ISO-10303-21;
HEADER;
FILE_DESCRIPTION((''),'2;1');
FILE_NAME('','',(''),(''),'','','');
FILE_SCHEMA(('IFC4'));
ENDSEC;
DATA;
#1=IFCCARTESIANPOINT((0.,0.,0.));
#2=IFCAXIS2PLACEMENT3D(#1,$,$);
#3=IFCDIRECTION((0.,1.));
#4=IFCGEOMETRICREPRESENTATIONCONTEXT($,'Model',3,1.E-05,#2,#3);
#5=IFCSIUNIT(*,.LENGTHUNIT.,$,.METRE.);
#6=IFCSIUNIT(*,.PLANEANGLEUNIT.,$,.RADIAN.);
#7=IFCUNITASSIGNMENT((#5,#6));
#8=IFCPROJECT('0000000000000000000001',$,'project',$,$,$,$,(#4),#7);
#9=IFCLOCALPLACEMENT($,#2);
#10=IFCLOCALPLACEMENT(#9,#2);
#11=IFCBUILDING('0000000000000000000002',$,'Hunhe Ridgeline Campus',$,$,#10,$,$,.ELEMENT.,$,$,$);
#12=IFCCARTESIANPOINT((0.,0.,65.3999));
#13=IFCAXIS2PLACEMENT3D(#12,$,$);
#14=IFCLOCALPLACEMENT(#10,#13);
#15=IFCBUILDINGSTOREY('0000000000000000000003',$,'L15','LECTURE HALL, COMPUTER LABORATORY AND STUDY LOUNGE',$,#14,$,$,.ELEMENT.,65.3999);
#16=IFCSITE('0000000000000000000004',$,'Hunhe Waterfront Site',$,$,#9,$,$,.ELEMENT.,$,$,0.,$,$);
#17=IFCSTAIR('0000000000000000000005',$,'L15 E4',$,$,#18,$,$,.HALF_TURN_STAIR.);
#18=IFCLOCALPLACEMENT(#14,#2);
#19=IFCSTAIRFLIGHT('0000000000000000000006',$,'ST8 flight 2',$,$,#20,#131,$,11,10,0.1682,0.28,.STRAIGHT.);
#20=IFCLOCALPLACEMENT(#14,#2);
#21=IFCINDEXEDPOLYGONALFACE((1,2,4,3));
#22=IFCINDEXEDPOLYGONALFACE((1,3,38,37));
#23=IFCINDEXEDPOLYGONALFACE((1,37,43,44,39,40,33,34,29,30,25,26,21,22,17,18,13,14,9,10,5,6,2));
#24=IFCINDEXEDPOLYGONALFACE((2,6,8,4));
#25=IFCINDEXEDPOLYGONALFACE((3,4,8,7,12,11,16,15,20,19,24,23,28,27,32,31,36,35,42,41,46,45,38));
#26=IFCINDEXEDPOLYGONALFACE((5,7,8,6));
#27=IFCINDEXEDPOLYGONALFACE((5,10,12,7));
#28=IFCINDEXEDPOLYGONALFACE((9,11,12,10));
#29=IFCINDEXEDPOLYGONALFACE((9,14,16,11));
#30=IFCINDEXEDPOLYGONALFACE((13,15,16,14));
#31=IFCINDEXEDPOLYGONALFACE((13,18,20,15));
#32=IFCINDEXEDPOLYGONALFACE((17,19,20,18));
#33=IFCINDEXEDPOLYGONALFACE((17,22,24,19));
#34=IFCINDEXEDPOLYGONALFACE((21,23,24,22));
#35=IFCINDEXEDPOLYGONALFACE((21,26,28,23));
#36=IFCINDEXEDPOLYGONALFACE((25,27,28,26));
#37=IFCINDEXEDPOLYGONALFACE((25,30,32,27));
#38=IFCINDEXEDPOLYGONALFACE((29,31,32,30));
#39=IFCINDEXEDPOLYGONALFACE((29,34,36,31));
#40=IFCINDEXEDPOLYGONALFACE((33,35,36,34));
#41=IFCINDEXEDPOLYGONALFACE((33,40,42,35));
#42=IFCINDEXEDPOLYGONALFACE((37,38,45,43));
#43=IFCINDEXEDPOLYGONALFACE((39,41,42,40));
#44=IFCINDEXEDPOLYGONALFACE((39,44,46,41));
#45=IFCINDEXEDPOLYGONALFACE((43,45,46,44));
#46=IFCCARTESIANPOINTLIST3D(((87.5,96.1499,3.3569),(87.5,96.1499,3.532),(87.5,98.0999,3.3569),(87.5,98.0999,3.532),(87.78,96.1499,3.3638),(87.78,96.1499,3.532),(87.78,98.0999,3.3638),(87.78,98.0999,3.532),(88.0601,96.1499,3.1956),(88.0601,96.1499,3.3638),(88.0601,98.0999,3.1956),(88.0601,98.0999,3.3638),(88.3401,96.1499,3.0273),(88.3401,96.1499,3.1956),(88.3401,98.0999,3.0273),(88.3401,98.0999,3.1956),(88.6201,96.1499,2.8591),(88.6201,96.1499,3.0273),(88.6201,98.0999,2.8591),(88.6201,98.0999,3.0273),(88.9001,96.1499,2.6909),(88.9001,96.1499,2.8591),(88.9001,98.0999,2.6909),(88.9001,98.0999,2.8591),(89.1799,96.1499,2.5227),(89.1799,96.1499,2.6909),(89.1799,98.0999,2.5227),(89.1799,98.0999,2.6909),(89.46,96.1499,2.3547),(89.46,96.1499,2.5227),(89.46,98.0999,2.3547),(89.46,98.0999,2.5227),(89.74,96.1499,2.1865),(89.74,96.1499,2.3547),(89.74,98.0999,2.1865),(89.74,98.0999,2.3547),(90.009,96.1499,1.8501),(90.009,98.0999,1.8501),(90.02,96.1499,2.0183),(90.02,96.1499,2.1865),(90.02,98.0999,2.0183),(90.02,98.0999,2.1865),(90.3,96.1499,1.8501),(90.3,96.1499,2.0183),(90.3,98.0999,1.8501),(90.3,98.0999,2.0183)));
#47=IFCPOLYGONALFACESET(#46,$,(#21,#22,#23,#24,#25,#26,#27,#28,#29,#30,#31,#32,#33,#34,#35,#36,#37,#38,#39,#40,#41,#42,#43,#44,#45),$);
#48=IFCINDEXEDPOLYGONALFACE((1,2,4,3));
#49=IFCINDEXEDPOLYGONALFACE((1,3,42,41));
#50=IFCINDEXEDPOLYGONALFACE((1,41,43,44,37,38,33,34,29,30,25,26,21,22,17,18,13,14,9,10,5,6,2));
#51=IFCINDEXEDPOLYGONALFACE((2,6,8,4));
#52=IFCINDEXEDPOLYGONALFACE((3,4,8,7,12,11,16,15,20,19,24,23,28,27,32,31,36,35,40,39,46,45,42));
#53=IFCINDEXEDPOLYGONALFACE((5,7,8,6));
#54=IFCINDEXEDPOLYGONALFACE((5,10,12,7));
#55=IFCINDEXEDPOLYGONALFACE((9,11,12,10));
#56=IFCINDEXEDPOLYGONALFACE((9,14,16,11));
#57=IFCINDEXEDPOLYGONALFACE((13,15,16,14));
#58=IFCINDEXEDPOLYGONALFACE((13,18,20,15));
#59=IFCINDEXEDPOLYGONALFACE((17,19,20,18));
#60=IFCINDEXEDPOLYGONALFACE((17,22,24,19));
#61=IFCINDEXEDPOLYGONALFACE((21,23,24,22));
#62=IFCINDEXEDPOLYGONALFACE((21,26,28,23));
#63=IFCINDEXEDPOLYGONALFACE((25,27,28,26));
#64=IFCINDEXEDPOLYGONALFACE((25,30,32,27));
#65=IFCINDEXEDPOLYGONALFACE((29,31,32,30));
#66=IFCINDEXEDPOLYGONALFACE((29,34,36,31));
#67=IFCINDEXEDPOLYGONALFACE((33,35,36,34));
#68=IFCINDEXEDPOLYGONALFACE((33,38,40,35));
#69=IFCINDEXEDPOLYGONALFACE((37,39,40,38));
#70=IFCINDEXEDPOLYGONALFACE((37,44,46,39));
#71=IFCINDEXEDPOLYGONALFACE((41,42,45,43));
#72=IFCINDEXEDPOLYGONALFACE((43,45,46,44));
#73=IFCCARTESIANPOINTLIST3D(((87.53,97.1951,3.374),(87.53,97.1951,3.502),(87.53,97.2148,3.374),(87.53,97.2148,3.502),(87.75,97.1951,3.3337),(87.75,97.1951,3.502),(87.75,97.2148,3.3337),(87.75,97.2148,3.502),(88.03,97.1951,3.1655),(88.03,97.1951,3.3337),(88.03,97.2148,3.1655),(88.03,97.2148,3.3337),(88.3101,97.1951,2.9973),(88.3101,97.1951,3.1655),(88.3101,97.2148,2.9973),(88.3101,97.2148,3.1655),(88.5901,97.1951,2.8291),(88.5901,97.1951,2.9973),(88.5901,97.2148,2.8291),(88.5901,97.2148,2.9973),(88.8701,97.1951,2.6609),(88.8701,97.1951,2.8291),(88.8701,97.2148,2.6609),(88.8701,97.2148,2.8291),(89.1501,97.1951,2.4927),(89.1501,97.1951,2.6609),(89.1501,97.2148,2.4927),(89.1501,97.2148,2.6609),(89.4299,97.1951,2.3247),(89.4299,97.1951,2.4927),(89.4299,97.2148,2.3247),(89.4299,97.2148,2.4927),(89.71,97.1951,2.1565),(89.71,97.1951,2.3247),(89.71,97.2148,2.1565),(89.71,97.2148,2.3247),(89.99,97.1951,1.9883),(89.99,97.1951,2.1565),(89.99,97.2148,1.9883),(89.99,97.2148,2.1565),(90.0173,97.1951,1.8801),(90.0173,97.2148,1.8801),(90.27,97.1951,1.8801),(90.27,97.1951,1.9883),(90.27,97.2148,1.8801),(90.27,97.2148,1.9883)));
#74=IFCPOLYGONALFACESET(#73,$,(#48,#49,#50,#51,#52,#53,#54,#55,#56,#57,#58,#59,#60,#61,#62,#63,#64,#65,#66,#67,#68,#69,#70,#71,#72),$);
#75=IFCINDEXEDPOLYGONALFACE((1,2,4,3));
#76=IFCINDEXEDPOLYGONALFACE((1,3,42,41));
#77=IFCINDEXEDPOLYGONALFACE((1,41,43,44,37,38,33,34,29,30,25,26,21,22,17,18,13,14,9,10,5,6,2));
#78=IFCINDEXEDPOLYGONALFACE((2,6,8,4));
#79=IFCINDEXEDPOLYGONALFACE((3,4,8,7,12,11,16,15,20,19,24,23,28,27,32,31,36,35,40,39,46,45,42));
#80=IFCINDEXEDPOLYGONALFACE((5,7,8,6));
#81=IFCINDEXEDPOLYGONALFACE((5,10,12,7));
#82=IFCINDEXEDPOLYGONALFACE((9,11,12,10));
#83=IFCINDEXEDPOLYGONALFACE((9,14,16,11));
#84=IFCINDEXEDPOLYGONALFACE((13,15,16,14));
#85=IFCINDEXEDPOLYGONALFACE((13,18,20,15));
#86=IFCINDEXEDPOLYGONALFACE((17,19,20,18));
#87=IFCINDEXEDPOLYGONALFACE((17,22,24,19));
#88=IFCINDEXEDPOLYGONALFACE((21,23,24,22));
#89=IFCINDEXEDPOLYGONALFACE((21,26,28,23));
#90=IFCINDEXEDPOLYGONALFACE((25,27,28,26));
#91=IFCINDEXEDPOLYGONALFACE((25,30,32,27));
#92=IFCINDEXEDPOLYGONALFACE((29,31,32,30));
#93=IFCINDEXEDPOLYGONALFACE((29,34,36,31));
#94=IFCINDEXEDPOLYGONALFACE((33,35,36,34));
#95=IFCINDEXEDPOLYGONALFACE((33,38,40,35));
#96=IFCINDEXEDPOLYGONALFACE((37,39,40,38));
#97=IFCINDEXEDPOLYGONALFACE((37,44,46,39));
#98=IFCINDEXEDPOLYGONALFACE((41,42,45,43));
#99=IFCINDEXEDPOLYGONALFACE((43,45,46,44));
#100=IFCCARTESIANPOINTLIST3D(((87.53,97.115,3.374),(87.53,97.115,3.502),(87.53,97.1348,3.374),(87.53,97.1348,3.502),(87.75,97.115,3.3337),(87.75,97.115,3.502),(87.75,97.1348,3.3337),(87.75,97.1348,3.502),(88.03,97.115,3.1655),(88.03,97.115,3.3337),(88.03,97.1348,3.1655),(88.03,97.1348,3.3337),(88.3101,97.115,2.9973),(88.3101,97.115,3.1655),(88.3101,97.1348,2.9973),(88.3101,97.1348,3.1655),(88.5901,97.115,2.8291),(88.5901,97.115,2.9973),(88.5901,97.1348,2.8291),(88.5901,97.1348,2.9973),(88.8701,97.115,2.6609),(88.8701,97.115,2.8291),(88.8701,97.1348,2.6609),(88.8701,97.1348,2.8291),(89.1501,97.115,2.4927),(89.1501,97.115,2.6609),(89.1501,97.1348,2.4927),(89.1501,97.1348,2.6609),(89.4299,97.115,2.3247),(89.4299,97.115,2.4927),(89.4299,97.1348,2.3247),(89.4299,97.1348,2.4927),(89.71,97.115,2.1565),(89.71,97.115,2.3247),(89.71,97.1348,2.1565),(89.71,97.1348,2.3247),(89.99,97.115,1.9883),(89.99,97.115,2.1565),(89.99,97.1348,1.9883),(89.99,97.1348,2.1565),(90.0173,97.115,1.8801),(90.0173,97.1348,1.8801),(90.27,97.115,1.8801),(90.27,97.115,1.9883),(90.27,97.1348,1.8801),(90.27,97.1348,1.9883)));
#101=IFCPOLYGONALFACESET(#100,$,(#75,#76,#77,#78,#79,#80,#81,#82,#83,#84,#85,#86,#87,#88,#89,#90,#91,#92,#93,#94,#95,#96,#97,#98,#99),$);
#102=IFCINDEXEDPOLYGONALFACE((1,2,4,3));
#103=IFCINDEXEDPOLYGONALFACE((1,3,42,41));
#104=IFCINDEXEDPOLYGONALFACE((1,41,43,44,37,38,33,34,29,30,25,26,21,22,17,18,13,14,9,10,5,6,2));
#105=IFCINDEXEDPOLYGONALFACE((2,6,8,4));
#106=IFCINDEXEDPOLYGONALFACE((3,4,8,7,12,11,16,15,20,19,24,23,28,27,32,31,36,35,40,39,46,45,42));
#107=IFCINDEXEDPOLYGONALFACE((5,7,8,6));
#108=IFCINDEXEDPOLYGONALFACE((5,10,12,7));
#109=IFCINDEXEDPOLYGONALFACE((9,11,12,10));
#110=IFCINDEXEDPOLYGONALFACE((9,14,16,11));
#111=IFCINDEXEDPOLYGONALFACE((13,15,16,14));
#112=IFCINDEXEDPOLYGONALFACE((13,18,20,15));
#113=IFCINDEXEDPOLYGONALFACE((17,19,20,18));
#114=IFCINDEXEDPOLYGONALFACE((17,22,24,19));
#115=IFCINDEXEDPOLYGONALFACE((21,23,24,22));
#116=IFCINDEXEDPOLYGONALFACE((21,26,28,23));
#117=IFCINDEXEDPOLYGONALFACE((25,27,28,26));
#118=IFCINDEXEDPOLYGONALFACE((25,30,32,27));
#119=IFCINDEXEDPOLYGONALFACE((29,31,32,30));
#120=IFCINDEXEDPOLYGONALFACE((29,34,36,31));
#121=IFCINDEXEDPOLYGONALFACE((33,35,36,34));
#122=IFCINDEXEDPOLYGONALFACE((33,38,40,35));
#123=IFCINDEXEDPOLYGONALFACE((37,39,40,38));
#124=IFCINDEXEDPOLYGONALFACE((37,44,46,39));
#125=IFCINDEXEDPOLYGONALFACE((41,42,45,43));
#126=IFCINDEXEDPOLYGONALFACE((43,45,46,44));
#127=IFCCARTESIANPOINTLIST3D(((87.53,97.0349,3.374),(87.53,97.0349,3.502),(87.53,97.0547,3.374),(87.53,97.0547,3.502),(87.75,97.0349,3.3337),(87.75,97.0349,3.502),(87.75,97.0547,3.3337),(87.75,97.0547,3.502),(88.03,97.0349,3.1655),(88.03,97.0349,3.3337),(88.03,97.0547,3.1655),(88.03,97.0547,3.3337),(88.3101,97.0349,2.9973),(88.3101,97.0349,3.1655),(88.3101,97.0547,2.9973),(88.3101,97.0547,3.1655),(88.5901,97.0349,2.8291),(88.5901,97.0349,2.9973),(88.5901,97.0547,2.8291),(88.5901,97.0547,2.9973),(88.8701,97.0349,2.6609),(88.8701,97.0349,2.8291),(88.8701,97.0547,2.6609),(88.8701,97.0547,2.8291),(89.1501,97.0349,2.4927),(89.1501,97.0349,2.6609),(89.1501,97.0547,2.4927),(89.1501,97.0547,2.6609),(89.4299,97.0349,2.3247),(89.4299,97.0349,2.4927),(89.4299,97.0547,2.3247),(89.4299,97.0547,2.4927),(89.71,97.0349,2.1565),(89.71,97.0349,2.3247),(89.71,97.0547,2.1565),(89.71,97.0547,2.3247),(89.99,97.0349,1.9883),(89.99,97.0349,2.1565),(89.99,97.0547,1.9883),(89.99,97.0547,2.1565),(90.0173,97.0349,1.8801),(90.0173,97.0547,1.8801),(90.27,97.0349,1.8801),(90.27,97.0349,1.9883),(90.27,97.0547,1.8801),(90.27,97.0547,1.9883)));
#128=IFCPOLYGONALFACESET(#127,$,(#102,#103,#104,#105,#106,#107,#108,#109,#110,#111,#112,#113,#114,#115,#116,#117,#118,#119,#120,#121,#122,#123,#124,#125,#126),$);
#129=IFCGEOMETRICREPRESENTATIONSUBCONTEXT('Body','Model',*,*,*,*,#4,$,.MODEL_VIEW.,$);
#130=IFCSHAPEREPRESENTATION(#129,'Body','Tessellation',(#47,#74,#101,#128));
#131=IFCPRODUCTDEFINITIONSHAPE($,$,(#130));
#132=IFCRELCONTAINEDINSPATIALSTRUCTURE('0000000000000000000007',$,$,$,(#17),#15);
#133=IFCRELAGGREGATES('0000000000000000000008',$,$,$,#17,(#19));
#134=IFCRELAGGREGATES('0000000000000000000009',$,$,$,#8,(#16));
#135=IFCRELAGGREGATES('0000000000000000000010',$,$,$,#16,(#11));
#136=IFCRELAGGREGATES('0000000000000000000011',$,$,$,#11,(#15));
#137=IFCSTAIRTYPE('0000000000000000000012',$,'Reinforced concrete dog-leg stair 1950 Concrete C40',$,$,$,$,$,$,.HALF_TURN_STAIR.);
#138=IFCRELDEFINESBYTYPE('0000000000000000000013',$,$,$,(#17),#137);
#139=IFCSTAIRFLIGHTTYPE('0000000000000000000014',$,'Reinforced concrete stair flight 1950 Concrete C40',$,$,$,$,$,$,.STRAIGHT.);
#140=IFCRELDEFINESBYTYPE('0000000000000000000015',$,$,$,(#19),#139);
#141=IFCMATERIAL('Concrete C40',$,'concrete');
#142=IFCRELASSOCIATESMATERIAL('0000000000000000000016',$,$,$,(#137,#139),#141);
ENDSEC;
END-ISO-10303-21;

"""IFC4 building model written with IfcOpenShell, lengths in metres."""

from ifc_helpers import new_model, si_unit, direction, frame, origin, place, context, subcontext, project, spatial, polyline, outline, extrude, material, type_object, element, aggregate, save


model = new_model("IFC4")

# Units and contexts
model_context = context("Model", 3, precision=1e-05, world=origin(), true_north=direction((0.0, 1.0)))
body_context = subcontext(model_context, "Body", "Model", "MODEL_VIEW")
ifc_project = project(units=[si_unit("LENGTHUNIT", "METRE"), si_unit("PLANEANGLEUNIT", "RADIAN")], contexts=[model_context])

# Site, building, storey
site_placement = place(None, origin())
site = spatial("IfcSite", under=ifc_project, at=site_placement, Name="Hunhe Waterfront Site", CompositionType="ELEMENT", RefElevation=0.0)
building_placement = place(site_placement, origin())
building = spatial("IfcBuilding", under=site, at=building_placement, Name="Hunhe Ridgeline Campus", CompositionType="ELEMENT")
storey_placement = place(building_placement, frame((0.0, 0.0, 65.3999)))
storey = spatial("IfcBuildingStorey", under=building, at=storey_placement, Name="L15", Description="LECTURE HALL, COMPUTER LABORATORY AND STUDY LOUNGE", CompositionType="ELEMENT", Elevation=65.3999)

# Stair, stair flight
ifc_material_1 = material(Name="Concrete C40", Category="concrete")
stair_type = type_object("IfcStairType", Name="Reinforced concrete dog-leg stair 1950 Concrete C40", PredefinedType="HALF_TURN_STAIR", material=ifc_material_1)
stair_placement = place(storey_placement, origin())
stair = element("IfcStair", 1, at=stair_placement, inside=storey, type_object=stair_type, Name="L15 E4", PredefinedType="HALF_TURN_STAIR")
stair_flight_type = type_object("IfcStairFlightType", Name="Reinforced concrete stair flight 1950 Concrete C40", PredefinedType="STRAIGHT", material=ifc_material_1)
stair_flight_1_placement = place(storey_placement, frame((90.3, 97.125, 1.8501), z_axis=(0.0, 0.0, 1.0), x_axis=(-1.0, 0.0, 0.0)))
stair_flight_1 = element("IfcStairFlight", 2, at=stair_flight_1_placement, type_object=stair_flight_type, Name="ST8 flight 2", NumberOfRisers=11, NumberOfTreads=10, PredefinedType="STRAIGHT", RiserHeight=0.1682, TreadLength=0.28, context=body_context, shape_type="SweptSolid", body=[
    extrude(outline(polyline([(0.0, 0.0), (0.0, 0.1682), (0.28, 0.1682), (0.28, 0.3364), (0.5601, 0.3364), (0.5601, 0.5046), (0.8401, 0.5046), (0.8401, 0.6726), (1.1201, 0.6726), (1.1201, 0.8408), (1.3999, 0.8408), (1.3999, 1.009), (1.6799, 1.009), (1.6799, 1.1772), (1.96, 1.1772), (1.96, 1.3455), (2.24, 1.3455), (2.24, 1.5137), (2.52, 1.5137), (2.52, 1.6819), (2.8, 1.6819), (2.8, 1.8501), (2.8, 1.5068), (0.291, 0.0), (0.0, 0.0)])), frame((0.0, 0.9751, 0.0), z_axis=(0.0, -1.0, 0.0), x_axis=(1.0, 0.0, 0.0)), (0.0, 0.0, 1.0), 1.95),
    extrude(outline(polyline([(0.03, 0.03), (0.03, 0.1382), (0.3101, 0.1382), (0.3101, 0.3064), (0.5901, 0.3064), (0.5901, 0.4746), (0.8701, 0.4746), (0.8701, 0.6426), (1.1499, 0.6426), (1.1499, 0.8108), (1.4299, 0.8108), (1.4299, 0.979), (1.71, 0.979), (1.71, 1.1472), (1.99, 1.1472), (1.99, 1.3154), (2.27, 1.3154), (2.27, 1.4836), (2.55, 1.4836), (2.55, 1.6519), (2.77, 1.6519), (2.77, 1.5239), (0.2827, 0.03), (0.03, 0.03)])), frame((0.0, -0.0701, 0.0), z_axis=(0.0, -1.0, 0.0), x_axis=(1.0, 0.0, 0.0)), (0.0, 0.0, 1.0), 0.0198),
    extrude(outline(polyline([(0.03, 0.03), (0.03, 0.1382), (0.3101, 0.1382), (0.3101, 0.3064), (0.5901, 0.3064), (0.5901, 0.4746), (0.8701, 0.4746), (0.8701, 0.6426), (1.1499, 0.6426), (1.1499, 0.8108), (1.4299, 0.8108), (1.4299, 0.979), (1.71, 0.979), (1.71, 1.1472), (1.99, 1.1472), (1.99, 1.3154), (2.27, 1.3154), (2.27, 1.4836), (2.55, 1.4836), (2.55, 1.6519), (2.77, 1.6519), (2.77, 1.5239), (0.2827, 0.03), (0.03, 0.03)])), frame((0.0, 0.01, 0.0), z_axis=(0.0, -1.0, 0.0), x_axis=(1.0, 0.0, 0.0)), (0.0, 0.0, 1.0), 0.0198),
    extrude(outline(polyline([(0.03, 0.03), (0.03, 0.1382), (0.3101, 0.1382), (0.3101, 0.3064), (0.5901, 0.3064), (0.5901, 0.4746), (0.8701, 0.4746), (0.8701, 0.6426), (1.1499, 0.6426), (1.1499, 0.8108), (1.4299, 0.8108), (1.4299, 0.979), (1.71, 0.979), (1.71, 1.1472), (1.99, 1.1472), (1.99, 1.3154), (2.27, 1.3154), (2.27, 1.4836), (2.55, 1.4836), (2.55, 1.6519), (2.77, 1.6519), (2.77, 1.5239), (0.2827, 0.03), (0.03, 0.03)])), frame((0.0, 0.0901, 0.0), z_axis=(0.0, -1.0, 0.0), x_axis=(1.0, 0.0, 0.0)), (0.0, 0.0, 1.0), 0.0198),
])
aggregate(stair, [stair_flight_1])

save(model, "model.ifc")
